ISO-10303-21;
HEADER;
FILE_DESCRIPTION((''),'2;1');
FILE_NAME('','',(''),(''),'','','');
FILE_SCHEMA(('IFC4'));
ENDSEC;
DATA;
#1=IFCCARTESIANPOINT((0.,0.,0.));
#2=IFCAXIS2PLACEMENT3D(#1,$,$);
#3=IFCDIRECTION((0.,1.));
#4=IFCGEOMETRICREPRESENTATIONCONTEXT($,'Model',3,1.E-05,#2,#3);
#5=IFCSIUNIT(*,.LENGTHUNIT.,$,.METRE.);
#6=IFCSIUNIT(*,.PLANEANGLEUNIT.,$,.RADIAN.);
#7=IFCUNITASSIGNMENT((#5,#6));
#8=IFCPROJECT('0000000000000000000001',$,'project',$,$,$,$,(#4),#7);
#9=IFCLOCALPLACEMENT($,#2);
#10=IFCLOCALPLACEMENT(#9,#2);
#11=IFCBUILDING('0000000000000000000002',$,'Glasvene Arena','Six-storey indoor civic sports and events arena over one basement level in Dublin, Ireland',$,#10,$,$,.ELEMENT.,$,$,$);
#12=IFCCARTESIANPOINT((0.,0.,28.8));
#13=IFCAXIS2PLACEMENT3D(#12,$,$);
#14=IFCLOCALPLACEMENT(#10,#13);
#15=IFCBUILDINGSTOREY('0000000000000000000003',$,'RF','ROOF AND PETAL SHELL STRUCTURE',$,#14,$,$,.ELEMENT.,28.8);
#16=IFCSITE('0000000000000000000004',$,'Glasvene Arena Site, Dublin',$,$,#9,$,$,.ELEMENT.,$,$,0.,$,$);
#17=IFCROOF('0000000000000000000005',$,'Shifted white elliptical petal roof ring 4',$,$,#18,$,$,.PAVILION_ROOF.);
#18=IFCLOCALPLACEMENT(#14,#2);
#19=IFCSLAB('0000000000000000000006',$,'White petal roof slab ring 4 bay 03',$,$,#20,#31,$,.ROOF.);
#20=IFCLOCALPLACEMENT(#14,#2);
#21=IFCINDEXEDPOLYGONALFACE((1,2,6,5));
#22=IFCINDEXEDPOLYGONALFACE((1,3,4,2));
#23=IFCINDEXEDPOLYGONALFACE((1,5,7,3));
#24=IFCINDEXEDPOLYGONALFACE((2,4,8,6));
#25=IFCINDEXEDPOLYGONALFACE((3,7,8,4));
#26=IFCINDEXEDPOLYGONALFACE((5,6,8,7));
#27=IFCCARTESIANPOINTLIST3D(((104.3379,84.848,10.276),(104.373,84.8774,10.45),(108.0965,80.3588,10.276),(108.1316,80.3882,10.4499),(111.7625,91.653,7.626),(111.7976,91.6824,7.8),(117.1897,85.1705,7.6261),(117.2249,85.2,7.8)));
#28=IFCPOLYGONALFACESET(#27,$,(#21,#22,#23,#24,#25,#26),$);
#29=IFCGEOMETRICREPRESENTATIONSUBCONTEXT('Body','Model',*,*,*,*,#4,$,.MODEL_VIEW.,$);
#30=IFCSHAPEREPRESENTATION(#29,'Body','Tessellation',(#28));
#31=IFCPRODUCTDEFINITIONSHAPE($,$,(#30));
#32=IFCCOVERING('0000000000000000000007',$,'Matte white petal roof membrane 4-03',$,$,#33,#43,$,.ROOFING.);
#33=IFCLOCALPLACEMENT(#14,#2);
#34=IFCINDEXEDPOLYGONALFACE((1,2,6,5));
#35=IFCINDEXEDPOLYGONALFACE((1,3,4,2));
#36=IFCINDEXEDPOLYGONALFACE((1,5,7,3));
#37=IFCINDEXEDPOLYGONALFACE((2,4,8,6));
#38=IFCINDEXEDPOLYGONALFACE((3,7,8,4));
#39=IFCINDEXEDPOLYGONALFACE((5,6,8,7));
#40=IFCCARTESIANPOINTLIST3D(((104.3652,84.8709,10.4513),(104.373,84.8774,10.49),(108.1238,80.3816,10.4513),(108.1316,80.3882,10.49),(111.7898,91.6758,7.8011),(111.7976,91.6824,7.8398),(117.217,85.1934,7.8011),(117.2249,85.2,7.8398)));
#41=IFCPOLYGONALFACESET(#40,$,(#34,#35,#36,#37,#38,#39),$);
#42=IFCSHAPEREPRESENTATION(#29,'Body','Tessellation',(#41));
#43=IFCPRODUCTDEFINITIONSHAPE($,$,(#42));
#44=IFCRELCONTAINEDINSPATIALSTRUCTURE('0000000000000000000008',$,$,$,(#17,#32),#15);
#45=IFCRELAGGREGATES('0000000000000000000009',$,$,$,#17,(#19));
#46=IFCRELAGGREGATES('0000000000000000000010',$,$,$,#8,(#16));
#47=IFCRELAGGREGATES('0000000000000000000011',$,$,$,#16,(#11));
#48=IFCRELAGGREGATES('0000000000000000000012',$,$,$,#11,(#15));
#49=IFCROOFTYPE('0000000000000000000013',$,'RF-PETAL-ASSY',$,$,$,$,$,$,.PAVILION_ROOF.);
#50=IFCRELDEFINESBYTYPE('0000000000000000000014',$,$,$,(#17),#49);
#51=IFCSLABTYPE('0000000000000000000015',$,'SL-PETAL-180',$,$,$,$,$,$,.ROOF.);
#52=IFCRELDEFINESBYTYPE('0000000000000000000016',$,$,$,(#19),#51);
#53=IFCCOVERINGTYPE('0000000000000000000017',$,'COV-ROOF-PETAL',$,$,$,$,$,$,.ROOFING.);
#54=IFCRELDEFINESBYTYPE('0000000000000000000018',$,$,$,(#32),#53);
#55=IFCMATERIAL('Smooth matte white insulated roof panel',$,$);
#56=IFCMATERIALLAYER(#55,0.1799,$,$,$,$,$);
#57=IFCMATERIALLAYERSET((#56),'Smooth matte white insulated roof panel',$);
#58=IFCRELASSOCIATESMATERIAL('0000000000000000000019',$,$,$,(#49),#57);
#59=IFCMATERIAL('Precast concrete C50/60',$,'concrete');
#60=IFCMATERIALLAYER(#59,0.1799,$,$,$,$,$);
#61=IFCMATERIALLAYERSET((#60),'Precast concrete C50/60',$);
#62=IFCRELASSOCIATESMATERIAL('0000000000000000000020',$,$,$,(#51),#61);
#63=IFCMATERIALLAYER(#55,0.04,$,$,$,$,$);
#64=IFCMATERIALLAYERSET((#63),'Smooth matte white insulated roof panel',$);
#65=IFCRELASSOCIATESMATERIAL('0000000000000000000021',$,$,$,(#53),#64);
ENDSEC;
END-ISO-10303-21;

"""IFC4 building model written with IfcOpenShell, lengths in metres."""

from ifc_helpers import new_model, si_unit, direction, frame, origin, place, context, subcontext, project, spatial, polyline, outline, extrude, material, layer, layer_set, type_object, element, aggregate, save


model = new_model("IFC4")

# Units and contexts
model_context = context("Model", 3, precision=1e-05, world=origin(), true_north=direction((0.0, 1.0)))
body_context = subcontext(model_context, "Body", "Model", "MODEL_VIEW")
ifc_project = project(units=[si_unit("LENGTHUNIT", "METRE"), si_unit("PLANEANGLEUNIT", "RADIAN")], contexts=[model_context])

# Site, building, storey
site_placement = place(None, origin())
site = spatial("IfcSite", under=ifc_project, at=site_placement, Name="Glasvene Arena Site, Dublin", CompositionType="ELEMENT", RefElevation=0.0)
building_placement = place(site_placement, origin())
building = spatial("IfcBuilding", under=site, at=building_placement, Name="Glasvene Arena", Description="Six-storey indoor civic sports and events arena over one basement level in Dublin, Ireland", CompositionType="ELEMENT")
storey_placement = place(building_placement, frame((0.0, 0.0, 28.8)))
storey = spatial("IfcBuildingStorey", under=building, at=storey_placement, Name="RF", Description="ROOF AND PETAL SHELL STRUCTURE", CompositionType="ELEMENT", Elevation=28.8)

# Roof, slab
ifc_material_1 = material(Name="Smooth matte white insulated roof panel")
ifc_layer_1 = layer(ifc_material_1, 0.1799)
ifc_layer_set_1 = layer_set([ifc_layer_1], Name="Smooth matte white insulated roof panel")
roof_type = type_object("IfcRoofType", Name="RF-PETAL-ASSY", PredefinedType="PAVILION_ROOF", material=ifc_layer_set_1)
roof_placement = place(storey_placement, frame((87.6499, 69.55, 7.8)))
roof = element("IfcRoof", 1, at=roof_placement, inside=storey, type_object=roof_type, Name="Shifted white elliptical petal roof ring 4", PredefinedType="PAVILION_ROOF")
ifc_material_2 = material(Name="Precast concrete C50/60", Category="concrete")
ifc_layer_2 = layer(ifc_material_2, 0.1799)
ifc_layer_set_2 = layer_set([ifc_layer_2], Name="Precast concrete C50/60")
slab_type = type_object("IfcSlabType", Name="SL-PETAL-180", PredefinedType="ROOF", material=ifc_layer_set_2)
slab_placement = place(storey_placement, frame((117.2249, 85.2, 7.8), z_axis=(0.195286, 0.163499, 0.967022), x_axis=(-0.641944, 0.766752, 0.0)))
slab = element("IfcSlab", 2, at=slab_placement, type_object=slab_type, Name="White petal roof slab ring 4 bay 03", PredefinedType="ROOF", context=body_context, shape_type="SweptSolid", body=[
    extrude(outline(polyline([(0.0, 0.0), (8.4544, 0.0), (8.0029, 10.4043), (2.1479, 10.4043), (0.0, 0.0)])), origin(), (0.0, 0.0, -1.0), 0.1799),
])
aggregate(roof, [slab])

# Covering
ifc_layer_3 = layer(ifc_material_1, 0.04)
ifc_layer_set_3 = layer_set([ifc_layer_3], Name="Smooth matte white insulated roof panel")
covering_type = type_object("IfcCoveringType", Name="COV-ROOF-PETAL", PredefinedType="ROOFING", material=ifc_layer_set_3)
covering_placement = place(storey_placement, frame((117.2249, 85.2, 7.8398), z_axis=(0.195303, 0.163513, 0.967016), x_axis=(-0.641944, 0.766752, 0.0)))
element("IfcCovering", 3, at=covering_placement, inside=storey, type_object=covering_type, Name="Matte white petal roof membrane 4-03", PredefinedType="ROOFING", context=body_context, shape_type="SweptSolid", body=[
    extrude(outline(polyline([(0.0, 0.0), (8.4544, 0.0), (8.0029, 10.4044), (2.1479, 10.4043), (0.0, 0.0)])), origin(), (0.0, 0.0, -1.0), 0.04),
])

save(model, "model.ifc")
